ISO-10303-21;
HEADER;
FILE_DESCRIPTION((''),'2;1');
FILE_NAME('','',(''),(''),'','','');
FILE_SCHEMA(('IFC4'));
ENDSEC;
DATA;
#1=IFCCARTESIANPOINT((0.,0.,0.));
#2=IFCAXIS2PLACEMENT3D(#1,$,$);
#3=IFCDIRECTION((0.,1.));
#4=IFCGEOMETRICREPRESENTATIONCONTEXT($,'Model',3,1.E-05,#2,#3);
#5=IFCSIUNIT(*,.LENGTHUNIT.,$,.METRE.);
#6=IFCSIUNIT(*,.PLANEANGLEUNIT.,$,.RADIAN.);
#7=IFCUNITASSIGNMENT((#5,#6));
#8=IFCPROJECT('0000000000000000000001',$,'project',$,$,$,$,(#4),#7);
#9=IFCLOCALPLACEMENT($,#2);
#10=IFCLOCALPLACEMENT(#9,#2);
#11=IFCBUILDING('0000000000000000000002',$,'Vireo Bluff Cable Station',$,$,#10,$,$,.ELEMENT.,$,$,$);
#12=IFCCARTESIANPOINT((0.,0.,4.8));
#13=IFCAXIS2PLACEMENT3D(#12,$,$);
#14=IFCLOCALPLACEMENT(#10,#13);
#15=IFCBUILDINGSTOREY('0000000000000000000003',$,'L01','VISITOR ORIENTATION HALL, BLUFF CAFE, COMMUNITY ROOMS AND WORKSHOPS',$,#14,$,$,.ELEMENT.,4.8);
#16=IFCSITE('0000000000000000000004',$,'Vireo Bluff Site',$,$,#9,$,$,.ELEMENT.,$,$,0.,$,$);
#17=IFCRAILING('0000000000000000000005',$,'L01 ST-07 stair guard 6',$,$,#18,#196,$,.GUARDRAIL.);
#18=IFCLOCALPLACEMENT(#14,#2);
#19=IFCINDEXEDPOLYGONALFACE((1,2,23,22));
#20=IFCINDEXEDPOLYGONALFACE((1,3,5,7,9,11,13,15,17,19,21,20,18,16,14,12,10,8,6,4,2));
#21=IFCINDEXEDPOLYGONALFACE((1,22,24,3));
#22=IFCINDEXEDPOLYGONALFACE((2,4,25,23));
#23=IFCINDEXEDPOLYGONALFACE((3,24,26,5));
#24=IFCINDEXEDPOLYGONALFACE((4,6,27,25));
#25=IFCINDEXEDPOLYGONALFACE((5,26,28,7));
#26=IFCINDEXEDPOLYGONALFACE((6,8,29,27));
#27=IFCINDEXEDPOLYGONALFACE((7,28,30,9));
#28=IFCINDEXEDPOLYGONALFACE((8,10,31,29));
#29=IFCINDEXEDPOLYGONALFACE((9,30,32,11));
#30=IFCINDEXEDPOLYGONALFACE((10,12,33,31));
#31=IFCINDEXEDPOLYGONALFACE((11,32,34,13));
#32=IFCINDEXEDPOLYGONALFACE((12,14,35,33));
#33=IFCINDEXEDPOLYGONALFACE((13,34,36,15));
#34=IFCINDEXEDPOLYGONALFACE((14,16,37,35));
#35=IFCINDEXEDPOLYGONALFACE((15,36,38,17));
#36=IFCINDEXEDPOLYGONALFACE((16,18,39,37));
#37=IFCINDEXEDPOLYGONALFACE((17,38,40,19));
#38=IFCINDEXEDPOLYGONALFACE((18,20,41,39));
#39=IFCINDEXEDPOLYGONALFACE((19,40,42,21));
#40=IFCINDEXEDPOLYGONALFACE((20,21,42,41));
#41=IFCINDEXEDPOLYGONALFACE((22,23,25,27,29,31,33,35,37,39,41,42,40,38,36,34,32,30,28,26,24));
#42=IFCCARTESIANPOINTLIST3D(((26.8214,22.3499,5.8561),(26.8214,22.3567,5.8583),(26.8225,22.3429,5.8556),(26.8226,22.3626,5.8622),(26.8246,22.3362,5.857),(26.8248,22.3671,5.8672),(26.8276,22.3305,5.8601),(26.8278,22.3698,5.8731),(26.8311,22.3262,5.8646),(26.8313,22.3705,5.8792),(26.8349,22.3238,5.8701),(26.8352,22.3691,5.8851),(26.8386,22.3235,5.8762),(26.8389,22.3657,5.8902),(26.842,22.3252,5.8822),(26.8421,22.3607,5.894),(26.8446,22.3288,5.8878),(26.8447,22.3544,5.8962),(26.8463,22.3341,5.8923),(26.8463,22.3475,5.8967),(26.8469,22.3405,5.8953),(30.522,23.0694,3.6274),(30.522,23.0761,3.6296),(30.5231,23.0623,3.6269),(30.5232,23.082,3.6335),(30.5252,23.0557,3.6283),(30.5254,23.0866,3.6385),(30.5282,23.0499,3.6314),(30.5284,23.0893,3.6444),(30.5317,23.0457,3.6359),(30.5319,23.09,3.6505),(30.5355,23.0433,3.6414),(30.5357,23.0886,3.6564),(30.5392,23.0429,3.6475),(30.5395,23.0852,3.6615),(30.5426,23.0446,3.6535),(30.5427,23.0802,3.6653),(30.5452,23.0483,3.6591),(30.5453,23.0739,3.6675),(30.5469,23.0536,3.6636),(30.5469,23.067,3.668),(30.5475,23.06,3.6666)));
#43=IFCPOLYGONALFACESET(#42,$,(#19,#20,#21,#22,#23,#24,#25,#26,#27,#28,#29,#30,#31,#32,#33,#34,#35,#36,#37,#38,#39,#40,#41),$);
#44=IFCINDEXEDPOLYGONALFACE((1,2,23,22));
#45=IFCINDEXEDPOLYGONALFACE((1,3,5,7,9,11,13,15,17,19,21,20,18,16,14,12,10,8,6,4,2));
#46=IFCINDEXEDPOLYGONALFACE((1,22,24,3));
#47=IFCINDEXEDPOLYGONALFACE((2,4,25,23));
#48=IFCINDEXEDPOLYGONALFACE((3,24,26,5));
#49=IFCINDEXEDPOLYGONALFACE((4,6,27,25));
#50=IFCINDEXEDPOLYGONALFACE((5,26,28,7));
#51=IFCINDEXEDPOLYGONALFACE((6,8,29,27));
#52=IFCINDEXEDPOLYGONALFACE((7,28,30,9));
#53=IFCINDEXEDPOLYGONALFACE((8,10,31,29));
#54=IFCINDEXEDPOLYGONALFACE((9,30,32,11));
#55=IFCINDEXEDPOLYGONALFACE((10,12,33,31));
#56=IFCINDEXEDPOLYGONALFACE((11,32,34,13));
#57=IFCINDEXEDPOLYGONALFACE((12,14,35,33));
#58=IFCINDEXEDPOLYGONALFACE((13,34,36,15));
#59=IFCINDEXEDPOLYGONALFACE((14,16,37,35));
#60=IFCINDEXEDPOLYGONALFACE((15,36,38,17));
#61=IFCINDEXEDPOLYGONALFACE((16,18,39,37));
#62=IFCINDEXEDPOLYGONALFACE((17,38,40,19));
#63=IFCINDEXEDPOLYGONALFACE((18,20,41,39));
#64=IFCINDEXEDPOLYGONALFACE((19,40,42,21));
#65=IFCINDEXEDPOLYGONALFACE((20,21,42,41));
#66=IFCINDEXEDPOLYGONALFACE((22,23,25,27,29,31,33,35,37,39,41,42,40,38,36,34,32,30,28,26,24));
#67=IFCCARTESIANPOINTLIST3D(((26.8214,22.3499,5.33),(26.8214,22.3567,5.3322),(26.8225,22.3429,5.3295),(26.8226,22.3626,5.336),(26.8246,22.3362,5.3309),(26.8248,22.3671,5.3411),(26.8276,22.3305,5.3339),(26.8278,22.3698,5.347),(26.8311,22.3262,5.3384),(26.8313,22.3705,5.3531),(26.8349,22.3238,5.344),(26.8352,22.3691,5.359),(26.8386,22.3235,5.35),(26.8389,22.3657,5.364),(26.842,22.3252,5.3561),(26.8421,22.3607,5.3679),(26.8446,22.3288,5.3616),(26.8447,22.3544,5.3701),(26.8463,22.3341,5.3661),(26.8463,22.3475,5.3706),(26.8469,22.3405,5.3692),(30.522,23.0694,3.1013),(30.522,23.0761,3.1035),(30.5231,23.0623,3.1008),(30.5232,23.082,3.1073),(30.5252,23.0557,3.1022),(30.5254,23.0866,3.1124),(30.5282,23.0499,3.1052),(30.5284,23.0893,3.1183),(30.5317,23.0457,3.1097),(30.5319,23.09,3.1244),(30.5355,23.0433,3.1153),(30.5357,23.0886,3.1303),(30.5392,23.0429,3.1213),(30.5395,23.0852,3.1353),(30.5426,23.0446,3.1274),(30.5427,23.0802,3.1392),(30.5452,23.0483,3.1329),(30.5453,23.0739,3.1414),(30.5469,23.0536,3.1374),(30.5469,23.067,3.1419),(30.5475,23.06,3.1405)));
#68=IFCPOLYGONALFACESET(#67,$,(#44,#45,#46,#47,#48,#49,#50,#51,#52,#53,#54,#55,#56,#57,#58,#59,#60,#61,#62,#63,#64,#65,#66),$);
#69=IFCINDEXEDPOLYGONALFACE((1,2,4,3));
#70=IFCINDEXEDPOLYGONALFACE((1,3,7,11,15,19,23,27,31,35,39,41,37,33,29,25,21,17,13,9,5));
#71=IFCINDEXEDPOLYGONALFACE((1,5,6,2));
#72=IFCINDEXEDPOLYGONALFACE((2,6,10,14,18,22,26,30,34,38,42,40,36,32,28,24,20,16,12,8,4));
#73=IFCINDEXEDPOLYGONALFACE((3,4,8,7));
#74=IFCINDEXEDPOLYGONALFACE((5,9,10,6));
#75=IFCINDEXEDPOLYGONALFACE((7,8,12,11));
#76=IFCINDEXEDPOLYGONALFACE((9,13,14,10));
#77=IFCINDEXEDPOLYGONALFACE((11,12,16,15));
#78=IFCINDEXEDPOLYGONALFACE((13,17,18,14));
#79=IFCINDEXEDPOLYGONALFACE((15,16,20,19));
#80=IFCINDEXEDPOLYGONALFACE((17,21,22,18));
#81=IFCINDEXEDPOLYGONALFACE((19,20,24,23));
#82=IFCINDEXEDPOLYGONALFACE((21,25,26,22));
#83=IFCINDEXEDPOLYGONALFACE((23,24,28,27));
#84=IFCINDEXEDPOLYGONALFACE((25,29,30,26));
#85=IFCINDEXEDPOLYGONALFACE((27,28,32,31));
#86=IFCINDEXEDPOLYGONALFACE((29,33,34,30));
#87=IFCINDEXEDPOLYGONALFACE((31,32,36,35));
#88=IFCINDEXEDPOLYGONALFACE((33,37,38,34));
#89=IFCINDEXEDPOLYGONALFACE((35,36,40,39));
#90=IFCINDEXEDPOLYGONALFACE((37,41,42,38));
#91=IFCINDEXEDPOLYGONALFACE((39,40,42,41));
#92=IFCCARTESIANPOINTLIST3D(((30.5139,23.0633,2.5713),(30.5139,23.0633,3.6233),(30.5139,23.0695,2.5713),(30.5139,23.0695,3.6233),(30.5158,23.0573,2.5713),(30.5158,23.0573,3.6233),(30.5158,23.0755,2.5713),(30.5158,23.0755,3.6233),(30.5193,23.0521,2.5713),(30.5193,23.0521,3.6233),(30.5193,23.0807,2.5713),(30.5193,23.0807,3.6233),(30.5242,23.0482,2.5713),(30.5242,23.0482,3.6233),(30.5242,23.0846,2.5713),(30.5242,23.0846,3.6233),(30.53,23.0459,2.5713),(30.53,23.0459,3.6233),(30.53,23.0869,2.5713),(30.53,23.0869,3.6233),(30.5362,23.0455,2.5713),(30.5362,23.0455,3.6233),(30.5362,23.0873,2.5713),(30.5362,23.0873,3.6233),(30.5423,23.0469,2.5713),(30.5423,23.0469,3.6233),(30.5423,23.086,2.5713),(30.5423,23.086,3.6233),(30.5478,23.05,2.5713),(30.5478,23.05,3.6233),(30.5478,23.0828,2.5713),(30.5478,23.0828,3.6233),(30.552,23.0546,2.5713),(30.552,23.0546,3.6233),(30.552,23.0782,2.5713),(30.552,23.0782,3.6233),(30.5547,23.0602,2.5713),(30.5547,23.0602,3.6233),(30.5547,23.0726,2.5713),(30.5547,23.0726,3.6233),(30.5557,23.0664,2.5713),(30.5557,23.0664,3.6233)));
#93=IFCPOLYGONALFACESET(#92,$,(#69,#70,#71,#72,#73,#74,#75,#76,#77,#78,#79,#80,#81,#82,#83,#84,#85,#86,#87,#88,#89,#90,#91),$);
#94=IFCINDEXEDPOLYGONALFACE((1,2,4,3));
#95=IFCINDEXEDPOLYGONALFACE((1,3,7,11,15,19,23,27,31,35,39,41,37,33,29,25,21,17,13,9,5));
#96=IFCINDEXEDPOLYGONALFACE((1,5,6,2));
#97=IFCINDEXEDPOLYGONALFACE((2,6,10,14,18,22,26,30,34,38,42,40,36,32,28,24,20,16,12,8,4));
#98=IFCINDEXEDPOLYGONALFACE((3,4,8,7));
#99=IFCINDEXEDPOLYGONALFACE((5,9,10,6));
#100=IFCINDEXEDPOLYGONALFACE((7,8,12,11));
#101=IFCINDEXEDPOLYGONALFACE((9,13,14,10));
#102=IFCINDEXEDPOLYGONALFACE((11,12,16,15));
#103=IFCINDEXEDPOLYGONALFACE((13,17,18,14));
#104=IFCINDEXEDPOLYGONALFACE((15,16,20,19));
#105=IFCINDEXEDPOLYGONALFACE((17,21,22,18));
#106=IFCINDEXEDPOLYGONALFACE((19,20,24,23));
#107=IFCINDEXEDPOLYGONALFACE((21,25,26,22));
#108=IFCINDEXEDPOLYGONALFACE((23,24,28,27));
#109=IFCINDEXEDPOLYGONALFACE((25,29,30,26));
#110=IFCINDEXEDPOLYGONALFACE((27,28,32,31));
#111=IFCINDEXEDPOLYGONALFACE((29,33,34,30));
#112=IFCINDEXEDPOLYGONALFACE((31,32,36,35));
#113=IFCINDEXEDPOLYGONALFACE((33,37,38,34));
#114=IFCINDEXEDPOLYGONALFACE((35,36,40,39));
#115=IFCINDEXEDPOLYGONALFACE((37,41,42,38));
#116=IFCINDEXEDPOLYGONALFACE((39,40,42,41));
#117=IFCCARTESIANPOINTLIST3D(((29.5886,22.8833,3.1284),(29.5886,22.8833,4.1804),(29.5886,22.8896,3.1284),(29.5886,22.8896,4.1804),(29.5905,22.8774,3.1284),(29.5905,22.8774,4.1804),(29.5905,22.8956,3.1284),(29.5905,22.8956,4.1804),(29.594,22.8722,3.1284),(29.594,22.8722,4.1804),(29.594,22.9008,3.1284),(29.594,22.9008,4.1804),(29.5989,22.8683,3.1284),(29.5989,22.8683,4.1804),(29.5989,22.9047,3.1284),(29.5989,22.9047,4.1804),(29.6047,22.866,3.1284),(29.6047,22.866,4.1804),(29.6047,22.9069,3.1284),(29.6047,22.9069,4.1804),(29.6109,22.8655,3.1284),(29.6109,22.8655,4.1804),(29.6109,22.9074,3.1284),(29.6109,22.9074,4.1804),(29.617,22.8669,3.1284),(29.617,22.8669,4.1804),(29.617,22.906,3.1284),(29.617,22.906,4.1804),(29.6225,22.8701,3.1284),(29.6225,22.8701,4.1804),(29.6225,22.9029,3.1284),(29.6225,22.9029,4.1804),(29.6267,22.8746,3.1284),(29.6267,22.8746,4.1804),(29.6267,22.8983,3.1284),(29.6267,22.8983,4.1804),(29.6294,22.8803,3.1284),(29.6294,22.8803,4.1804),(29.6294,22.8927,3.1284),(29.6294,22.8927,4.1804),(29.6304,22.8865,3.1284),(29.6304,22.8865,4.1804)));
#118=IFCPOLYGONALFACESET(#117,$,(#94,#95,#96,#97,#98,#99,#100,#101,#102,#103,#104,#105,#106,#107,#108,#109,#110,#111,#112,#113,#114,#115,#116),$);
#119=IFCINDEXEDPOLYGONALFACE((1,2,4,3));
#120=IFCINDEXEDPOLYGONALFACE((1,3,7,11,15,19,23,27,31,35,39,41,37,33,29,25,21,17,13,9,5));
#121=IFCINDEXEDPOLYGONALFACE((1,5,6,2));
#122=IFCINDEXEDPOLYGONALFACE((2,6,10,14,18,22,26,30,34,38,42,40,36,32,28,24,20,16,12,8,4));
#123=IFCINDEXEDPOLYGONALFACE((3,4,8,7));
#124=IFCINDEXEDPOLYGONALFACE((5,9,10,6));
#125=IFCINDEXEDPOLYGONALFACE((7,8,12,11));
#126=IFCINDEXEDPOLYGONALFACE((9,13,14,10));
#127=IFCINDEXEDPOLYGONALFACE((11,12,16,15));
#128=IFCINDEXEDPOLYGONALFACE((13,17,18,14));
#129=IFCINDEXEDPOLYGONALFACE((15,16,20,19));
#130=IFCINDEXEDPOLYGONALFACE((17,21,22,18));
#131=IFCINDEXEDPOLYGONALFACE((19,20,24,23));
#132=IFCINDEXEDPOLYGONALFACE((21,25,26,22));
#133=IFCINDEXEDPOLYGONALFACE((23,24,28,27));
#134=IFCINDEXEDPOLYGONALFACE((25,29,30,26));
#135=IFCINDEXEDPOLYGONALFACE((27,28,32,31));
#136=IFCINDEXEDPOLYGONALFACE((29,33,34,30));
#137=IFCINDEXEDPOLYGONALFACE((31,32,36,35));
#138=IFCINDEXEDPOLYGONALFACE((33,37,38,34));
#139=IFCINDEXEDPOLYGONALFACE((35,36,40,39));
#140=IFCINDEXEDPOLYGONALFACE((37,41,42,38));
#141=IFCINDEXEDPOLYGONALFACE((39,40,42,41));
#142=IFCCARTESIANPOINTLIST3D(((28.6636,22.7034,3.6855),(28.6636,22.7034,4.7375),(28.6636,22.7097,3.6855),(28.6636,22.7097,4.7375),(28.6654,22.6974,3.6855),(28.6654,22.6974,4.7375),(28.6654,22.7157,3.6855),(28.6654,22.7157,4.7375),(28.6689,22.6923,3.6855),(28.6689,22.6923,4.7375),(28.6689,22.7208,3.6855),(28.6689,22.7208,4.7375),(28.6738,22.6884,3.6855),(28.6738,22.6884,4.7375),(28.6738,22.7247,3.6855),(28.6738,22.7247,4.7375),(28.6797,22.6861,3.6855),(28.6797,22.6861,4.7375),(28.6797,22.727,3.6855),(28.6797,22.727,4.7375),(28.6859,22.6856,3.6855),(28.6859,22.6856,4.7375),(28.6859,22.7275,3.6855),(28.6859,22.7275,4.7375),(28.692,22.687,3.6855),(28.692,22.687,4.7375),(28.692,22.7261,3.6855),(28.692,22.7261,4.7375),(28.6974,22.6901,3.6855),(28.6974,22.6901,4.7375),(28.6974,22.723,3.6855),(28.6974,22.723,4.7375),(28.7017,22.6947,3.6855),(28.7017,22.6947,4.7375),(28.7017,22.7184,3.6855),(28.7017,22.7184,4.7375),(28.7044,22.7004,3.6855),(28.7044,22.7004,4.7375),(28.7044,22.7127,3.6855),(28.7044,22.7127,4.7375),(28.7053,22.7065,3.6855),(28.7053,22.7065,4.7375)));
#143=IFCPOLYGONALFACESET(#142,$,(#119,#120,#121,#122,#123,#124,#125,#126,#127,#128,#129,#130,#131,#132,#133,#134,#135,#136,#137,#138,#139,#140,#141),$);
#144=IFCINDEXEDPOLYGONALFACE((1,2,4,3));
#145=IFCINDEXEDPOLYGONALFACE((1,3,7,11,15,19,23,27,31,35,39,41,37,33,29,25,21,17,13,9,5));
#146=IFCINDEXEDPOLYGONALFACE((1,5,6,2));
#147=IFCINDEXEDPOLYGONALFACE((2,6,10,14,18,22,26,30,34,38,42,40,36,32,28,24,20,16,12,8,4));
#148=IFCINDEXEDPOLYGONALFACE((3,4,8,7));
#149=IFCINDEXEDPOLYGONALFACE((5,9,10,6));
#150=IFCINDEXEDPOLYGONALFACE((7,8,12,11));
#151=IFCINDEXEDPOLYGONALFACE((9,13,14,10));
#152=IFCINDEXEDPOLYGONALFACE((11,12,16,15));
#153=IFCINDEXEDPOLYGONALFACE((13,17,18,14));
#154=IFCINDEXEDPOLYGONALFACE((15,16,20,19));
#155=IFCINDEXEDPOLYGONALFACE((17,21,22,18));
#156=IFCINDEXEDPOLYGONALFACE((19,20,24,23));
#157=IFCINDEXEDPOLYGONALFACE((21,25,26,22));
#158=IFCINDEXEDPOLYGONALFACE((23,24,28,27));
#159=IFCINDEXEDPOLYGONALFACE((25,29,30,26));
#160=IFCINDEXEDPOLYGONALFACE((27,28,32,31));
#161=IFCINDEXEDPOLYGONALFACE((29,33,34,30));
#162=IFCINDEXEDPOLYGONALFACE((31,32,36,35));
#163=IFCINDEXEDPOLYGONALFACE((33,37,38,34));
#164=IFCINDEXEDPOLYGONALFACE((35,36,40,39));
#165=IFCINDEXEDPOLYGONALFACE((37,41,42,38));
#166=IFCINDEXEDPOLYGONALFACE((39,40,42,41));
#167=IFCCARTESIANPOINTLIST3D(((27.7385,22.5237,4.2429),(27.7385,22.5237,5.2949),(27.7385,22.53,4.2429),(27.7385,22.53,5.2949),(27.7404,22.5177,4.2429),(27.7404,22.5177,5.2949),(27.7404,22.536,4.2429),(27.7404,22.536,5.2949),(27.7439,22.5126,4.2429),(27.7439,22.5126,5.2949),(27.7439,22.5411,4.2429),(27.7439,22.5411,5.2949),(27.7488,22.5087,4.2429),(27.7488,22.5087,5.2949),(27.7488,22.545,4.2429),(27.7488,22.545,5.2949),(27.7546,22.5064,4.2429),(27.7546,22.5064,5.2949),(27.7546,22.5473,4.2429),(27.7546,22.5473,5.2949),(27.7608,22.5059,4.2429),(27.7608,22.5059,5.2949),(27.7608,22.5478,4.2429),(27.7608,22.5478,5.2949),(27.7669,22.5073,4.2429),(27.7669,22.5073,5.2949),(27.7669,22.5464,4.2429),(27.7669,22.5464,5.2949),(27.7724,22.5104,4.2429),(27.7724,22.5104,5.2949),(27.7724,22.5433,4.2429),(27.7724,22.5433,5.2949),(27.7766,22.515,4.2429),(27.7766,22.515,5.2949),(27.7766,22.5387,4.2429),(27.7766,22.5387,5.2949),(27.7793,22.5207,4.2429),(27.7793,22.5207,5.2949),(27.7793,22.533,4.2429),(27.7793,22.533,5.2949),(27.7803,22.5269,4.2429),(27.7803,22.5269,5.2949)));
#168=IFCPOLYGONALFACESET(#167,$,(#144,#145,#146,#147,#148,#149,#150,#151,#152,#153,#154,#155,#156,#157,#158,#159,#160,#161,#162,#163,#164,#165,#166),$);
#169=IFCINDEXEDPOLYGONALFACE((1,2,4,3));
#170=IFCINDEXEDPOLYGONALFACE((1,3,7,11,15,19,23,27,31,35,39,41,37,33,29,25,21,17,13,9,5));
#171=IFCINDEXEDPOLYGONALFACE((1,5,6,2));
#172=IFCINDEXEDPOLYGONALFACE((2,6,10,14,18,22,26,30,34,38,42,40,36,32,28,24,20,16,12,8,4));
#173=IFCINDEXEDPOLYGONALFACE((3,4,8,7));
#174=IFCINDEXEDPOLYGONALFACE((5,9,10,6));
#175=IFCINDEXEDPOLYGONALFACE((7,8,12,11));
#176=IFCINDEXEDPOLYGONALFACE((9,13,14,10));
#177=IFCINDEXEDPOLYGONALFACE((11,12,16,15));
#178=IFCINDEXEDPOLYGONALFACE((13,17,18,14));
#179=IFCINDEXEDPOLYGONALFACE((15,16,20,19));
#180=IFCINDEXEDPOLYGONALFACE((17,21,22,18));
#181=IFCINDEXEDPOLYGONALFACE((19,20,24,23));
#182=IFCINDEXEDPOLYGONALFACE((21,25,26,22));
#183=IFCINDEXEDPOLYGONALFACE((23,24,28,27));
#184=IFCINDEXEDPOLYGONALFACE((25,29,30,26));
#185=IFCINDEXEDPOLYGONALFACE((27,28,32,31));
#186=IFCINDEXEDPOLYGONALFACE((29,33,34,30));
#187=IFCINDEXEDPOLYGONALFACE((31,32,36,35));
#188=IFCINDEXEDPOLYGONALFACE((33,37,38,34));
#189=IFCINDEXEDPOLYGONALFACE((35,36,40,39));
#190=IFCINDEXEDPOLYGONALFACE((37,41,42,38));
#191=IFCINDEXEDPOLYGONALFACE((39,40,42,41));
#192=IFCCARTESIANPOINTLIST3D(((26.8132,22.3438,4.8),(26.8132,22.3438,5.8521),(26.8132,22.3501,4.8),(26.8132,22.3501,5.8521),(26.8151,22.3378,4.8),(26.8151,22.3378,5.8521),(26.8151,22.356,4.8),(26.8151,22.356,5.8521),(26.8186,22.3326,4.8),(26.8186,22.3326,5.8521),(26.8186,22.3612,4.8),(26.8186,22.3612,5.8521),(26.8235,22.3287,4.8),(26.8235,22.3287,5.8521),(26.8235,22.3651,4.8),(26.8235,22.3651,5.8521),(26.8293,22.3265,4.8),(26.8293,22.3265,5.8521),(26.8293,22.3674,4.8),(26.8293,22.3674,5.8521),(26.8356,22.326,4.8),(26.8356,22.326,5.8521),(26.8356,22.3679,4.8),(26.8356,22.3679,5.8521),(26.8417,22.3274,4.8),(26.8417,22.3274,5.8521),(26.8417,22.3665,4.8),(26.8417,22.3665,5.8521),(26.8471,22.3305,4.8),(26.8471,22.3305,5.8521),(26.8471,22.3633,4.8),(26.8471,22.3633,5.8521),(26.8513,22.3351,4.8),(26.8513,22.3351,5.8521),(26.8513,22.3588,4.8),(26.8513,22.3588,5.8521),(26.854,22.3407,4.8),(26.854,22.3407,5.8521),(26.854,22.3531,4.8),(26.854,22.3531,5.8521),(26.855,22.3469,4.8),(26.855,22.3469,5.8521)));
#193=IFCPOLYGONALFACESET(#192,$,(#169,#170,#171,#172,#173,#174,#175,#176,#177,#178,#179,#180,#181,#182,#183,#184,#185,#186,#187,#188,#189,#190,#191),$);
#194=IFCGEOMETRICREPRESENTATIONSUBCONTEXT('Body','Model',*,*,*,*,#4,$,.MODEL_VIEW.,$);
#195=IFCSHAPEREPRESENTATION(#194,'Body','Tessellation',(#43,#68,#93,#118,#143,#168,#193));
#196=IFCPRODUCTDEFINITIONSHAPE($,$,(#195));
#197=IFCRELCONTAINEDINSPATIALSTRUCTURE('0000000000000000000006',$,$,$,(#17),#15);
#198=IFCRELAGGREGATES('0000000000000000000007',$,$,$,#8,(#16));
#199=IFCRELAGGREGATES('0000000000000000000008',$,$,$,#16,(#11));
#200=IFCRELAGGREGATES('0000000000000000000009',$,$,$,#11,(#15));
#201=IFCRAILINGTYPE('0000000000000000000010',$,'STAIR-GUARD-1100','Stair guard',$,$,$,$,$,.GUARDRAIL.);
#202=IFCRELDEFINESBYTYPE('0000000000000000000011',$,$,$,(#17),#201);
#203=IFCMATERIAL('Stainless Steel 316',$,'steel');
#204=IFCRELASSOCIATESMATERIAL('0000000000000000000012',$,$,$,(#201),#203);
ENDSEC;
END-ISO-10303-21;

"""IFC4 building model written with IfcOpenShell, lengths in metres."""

from ifc_helpers import new_model, si_unit, direction, frame, origin, origin_2d, place, context, subcontext, project, spatial, circle, extrude, material, type_object, element, save


model = new_model("IFC4")

# Units and contexts
model_context = context("Model", 3, precision=1e-05, world=origin(), true_north=direction((0.0, 1.0)))
body_context = subcontext(model_context, "Body", "Model", "MODEL_VIEW")
ifc_project = project(units=[si_unit("LENGTHUNIT", "METRE"), si_unit("PLANEANGLEUNIT", "RADIAN")], contexts=[model_context])

# Site, building, storey
site_placement = place(None, origin())
site = spatial("IfcSite", under=ifc_project, at=site_placement, Name="Vireo Bluff Site", CompositionType="ELEMENT", RefElevation=0.0)
building_placement = place(site_placement, origin())
building = spatial("IfcBuilding", under=site, at=building_placement, Name="Vireo Bluff Cable Station", CompositionType="ELEMENT")
storey_placement = place(building_placement, frame((0.0, 0.0, 4.8)))
storey = spatial("IfcBuildingStorey", under=building, at=storey_placement, Name="L01", Description="VISITOR ORIENTATION HALL, BLUFF CAFE, COMMUNITY ROOMS AND WORKSHOPS", CompositionType="ELEMENT", Elevation=4.8)

# Railing
ifc_material_1 = material(Name="Stainless Steel 316", Category="steel")
railing_type_1 = type_object("IfcRailingType", Name="STAIR-GUARD-1100", Description="Stair guard", PredefinedType="GUARDRAIL", material=ifc_material_1)
railing_1_placement = place(storey_placement, frame((30.5347, 23.0664, 2.5713)))
element("IfcRailing", 1, at=railing_1_placement, inside=storey, type_object=railing_type_1, Name="L01 ST-07 stair guard 6", PredefinedType="GUARDRAIL", context=body_context, shape_type="SweptSolid", body=[
    extrude(circle(Radius=0.0239, at=origin_2d()), frame((0.0, 0.0, 1.0762), z_axis=(-0.845, -0.164284, 0.508907), x_axis=(0.190845, -0.98162, 0.0)), (0.0, 0.0, 1.0), 4.3794),
    extrude(circle(Radius=0.0239, at=origin_2d()), frame((0.0, 0.0, 0.55), z_axis=(-0.845, -0.164284, 0.508907), x_axis=(0.190845, -0.98162, 0.0)), (0.0, 0.0, 1.0), 4.3794),
    extrude(circle(Radius=0.021, at=origin_2d()), origin(), (0.0, 0.0, 1.0), 1.052),
    extrude(circle(Radius=0.021, at=origin_2d()), frame((-0.9253, -0.1799, 0.5571)), (0.0, 0.0, 1.0), 1.052),
    extrude(circle(Radius=0.021, at=origin_2d()), frame((-1.8503, -0.3599, 1.1143)), (0.0, 0.0, 1.0), 1.052),
    extrude(circle(Radius=0.021, at=origin_2d()), frame((-2.7754, -0.5396, 1.6716)), (0.0, 0.0, 1.0), 1.052),
    extrude(circle(Radius=0.021, at=origin_2d()), frame((-3.7007, -0.7195, 2.2288)), (0.0, 0.0, 1.0), 1.052),
])

save(model, "model.ifc")
